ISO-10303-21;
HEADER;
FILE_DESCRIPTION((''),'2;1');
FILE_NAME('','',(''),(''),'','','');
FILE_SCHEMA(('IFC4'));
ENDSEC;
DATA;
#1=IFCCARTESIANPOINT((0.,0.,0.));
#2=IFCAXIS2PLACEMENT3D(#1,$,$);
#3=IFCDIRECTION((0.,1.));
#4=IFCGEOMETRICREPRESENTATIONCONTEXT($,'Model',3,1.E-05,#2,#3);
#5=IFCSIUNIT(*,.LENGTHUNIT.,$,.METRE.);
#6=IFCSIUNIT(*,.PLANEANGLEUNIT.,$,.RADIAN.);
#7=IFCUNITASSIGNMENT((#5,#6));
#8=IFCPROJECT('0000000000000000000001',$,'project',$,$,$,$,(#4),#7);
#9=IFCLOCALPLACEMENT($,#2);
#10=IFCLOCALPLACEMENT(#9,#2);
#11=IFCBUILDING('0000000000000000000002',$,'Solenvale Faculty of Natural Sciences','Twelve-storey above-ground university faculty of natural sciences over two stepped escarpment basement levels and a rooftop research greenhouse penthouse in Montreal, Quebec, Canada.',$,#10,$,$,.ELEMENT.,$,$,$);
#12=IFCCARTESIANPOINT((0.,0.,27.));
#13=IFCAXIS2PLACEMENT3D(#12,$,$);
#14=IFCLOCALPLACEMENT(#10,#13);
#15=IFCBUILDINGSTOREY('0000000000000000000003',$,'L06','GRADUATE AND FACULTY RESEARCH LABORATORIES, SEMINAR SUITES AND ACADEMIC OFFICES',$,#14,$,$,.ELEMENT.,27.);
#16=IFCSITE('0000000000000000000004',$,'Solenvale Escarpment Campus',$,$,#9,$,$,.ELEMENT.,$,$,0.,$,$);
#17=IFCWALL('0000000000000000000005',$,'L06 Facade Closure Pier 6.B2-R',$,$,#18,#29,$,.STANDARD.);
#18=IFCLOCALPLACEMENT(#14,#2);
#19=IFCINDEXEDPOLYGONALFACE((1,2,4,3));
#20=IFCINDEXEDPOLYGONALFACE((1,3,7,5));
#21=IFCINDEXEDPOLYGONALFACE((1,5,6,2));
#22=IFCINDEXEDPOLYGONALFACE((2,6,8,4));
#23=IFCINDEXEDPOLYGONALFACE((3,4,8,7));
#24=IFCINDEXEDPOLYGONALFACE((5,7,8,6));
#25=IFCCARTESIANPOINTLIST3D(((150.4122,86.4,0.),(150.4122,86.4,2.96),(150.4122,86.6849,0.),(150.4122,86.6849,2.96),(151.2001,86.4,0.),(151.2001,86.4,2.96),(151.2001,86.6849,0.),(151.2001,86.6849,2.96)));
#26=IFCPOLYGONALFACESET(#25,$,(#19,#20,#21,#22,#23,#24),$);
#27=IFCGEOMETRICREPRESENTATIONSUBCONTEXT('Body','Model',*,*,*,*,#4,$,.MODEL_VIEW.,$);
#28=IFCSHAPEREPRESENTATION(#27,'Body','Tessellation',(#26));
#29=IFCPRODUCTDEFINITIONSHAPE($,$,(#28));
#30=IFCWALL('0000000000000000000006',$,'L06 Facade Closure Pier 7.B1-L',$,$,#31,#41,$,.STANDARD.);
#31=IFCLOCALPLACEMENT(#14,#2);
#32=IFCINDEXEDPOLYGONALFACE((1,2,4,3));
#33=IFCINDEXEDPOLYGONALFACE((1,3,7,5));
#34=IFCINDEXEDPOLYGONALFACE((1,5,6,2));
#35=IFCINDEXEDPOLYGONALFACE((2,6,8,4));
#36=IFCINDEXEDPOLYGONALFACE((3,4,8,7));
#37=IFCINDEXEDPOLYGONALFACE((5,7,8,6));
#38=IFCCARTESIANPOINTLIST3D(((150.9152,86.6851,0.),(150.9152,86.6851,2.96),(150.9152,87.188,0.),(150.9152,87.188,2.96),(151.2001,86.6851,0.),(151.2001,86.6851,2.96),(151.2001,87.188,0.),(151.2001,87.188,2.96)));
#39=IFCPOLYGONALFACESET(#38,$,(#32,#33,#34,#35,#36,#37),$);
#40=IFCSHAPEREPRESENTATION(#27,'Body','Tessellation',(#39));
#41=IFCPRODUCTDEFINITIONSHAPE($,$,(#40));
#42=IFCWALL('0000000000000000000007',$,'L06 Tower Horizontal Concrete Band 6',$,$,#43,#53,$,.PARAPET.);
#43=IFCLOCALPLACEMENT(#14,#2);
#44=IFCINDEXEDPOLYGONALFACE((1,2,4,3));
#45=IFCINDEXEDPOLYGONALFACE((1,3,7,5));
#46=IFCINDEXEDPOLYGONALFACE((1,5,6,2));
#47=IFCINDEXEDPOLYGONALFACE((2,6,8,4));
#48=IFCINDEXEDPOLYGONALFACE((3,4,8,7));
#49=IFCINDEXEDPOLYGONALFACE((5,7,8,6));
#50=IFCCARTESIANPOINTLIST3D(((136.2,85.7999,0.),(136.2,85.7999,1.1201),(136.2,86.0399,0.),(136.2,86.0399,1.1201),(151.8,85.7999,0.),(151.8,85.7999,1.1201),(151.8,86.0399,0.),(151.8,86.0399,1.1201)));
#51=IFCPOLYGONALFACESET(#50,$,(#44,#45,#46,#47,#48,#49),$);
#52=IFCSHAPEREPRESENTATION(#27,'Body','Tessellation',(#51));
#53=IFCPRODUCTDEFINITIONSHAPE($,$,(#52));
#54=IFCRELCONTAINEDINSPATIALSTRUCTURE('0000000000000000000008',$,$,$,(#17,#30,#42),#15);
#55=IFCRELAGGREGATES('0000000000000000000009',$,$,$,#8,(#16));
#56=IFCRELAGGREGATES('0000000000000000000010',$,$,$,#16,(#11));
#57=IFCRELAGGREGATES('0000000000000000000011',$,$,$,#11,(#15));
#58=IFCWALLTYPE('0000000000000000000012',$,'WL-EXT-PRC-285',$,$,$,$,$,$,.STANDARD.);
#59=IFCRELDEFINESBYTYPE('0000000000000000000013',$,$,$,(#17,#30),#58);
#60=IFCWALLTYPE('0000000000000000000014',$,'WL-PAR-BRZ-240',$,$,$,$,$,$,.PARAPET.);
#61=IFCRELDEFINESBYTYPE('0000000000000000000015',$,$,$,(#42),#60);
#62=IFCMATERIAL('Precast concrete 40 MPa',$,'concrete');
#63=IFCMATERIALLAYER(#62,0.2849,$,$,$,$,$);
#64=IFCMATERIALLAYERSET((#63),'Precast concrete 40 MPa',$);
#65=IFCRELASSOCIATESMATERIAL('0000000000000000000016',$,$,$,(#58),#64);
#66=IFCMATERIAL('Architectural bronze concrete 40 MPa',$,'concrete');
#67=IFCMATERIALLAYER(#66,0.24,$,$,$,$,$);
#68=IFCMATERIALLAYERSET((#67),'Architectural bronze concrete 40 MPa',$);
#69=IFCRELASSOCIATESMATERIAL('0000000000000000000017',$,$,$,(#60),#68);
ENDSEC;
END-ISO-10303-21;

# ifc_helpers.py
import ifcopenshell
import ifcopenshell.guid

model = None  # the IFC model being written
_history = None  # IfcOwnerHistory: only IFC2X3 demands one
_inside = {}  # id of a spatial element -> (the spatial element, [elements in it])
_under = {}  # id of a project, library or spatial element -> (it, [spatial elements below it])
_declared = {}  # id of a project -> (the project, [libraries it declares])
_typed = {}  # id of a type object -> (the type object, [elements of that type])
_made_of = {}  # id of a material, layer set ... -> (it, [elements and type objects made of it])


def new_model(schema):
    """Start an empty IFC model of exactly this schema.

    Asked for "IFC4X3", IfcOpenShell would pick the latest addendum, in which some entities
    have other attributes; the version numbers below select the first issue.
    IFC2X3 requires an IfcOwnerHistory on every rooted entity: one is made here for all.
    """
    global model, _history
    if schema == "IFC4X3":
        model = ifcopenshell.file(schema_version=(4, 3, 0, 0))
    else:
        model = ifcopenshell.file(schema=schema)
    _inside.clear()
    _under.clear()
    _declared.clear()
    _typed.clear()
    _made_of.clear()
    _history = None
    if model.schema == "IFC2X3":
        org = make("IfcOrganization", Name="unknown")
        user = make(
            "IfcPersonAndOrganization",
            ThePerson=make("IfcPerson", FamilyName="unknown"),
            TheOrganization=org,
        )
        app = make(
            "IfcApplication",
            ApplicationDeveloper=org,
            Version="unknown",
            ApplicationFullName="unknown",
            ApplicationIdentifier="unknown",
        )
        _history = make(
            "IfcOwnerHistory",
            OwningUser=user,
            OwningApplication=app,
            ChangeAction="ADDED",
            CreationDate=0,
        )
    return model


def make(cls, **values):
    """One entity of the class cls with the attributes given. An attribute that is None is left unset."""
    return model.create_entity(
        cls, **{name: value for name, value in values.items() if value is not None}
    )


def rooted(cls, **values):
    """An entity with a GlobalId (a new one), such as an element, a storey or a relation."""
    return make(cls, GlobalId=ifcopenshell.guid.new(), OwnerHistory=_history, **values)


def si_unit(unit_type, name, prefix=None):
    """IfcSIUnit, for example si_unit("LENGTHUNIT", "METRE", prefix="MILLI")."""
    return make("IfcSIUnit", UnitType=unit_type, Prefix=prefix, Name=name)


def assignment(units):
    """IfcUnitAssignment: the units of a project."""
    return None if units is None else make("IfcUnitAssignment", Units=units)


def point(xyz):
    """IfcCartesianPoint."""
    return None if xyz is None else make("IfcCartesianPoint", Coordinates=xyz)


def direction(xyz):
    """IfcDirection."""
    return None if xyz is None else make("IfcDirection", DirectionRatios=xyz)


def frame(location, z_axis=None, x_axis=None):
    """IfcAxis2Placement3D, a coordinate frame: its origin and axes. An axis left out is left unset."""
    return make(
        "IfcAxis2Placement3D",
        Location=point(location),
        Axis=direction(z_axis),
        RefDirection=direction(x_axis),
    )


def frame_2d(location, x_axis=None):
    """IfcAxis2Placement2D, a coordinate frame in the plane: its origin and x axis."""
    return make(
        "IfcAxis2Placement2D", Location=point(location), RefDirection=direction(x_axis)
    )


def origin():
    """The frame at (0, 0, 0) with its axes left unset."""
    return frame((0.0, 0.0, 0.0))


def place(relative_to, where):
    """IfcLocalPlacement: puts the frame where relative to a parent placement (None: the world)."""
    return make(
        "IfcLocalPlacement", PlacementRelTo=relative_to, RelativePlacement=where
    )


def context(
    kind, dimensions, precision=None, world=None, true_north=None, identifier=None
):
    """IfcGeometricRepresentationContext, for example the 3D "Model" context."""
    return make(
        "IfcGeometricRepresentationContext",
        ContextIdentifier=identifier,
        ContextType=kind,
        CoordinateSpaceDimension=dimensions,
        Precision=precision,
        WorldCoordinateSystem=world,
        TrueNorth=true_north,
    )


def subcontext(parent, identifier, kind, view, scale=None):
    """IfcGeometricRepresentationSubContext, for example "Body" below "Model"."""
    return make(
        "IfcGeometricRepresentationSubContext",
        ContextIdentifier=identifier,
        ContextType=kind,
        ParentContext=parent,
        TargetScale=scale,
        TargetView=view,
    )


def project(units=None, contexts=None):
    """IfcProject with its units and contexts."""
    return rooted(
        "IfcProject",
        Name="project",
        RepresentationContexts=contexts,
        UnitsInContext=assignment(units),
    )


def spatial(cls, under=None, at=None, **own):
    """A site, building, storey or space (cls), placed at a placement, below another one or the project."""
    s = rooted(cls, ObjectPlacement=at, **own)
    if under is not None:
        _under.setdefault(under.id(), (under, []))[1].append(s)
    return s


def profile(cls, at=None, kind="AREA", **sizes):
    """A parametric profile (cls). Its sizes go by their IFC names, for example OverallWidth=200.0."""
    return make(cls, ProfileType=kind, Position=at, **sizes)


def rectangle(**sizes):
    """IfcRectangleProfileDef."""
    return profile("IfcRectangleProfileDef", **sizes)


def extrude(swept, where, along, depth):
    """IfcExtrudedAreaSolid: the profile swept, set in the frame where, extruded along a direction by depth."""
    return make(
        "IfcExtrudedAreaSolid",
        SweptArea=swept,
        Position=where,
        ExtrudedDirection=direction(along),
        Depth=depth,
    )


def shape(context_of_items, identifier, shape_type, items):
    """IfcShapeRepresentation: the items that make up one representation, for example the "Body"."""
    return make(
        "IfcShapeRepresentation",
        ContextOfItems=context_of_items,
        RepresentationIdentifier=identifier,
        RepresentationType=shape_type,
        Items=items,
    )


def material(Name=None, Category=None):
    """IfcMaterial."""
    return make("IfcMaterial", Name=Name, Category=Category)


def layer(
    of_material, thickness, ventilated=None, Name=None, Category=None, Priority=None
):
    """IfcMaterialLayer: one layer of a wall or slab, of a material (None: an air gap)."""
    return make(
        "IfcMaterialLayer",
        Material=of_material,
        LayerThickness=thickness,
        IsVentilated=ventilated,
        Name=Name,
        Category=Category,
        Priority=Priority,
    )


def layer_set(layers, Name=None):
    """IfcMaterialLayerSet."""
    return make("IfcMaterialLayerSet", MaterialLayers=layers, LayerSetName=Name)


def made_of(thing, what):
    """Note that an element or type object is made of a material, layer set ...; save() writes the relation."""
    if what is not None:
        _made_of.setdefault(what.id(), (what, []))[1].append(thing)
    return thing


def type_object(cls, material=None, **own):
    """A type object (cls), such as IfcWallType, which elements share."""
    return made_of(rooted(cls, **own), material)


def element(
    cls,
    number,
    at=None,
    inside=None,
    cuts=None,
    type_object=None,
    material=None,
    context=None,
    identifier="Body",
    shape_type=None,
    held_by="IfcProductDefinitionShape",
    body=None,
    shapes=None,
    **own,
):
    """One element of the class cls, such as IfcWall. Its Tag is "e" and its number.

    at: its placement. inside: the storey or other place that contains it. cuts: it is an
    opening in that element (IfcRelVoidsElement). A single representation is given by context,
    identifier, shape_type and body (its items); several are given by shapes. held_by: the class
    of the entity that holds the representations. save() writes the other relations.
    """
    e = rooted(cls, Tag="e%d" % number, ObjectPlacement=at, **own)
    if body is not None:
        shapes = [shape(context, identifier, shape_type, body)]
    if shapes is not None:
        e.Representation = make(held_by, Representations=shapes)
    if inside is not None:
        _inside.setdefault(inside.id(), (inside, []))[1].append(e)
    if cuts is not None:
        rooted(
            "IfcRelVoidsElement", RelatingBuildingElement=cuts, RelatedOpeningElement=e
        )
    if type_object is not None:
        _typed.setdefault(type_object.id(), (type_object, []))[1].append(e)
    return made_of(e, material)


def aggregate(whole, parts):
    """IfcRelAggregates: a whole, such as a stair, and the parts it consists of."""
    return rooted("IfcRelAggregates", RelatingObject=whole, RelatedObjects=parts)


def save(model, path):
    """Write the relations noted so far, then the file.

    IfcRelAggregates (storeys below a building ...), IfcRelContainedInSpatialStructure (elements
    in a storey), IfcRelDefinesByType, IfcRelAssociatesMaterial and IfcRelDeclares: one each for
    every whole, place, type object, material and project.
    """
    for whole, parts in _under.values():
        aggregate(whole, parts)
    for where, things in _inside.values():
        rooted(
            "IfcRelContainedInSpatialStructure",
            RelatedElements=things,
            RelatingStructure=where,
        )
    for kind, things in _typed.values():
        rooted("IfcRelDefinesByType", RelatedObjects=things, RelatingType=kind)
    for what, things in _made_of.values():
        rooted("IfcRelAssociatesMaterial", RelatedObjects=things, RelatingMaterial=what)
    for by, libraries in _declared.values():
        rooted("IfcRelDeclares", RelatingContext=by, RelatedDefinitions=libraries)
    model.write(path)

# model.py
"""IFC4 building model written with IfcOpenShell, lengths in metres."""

from ifc_helpers import new_model, si_unit, direction, frame, frame_2d, origin, place, context, subcontext, project, spatial, rectangle, extrude, material, layer, layer_set, type_object, element, save


model = new_model("IFC4")

# Units and contexts
model_context = context("Model", 3, precision=1e-05, world=origin(), true_north=direction((0.0, 1.0)))
body_context = subcontext(model_context, "Body", "Model", "MODEL_VIEW")
ifc_project = project(units=[si_unit("LENGTHUNIT", "METRE"), si_unit("PLANEANGLEUNIT", "RADIAN")], contexts=[model_context])

# Site, building, storey
site_placement = place(None, origin())
site = spatial("IfcSite", under=ifc_project, at=site_placement, Name="Solenvale Escarpment Campus", CompositionType="ELEMENT", RefElevation=0.0)
building_placement = place(site_placement, origin())
building = spatial("IfcBuilding", under=site, at=building_placement, Name="Solenvale Faculty of Natural Sciences", Description="Twelve-storey above-ground university faculty of natural sciences over two stepped escarpment basement levels and a rooftop research greenhouse penthouse in Montreal, Quebec, Canada.", CompositionType="ELEMENT")
storey_placement = place(building_placement, frame((0.0, 0.0, 27.0)))
storey = spatial("IfcBuildingStorey", under=building, at=storey_placement, Name="L06", Description="GRADUATE AND FACULTY RESEARCH LABORATORIES, SEMINAR SUITES AND ACADEMIC OFFICES", CompositionType="ELEMENT", Elevation=27.0)

# Walls
ifc_material_1 = material(Name="Precast concrete 40 MPa", Category="concrete")
ifc_layer_1 = layer(ifc_material_1, 0.2849)
ifc_layer_set_1 = layer_set([ifc_layer_1], Name="Precast concrete 40 MPa")
wall_type_1 = type_object("IfcWallType", Name="WL-EXT-PRC-285", PredefinedType="STANDARD", material=ifc_layer_set_1)
wall_1_placement = place(storey_placement, frame((150.4121, 86.5425, 0.0), z_axis=(0.0, 0.0, 1.0), x_axis=(1.0, 0.0, 0.0)))
element("IfcWall", 1, at=wall_1_placement, inside=storey, type_object=wall_type_1, Name="L06 Facade Closure Pier 6.B2-R", PredefinedType="STANDARD", context=body_context, shape_type="SweptSolid", body=[
    extrude(rectangle(XDim=0.7878, YDim=0.2849, at=frame_2d((0.394, 0.0))), origin(), (0.0, 0.0, 1.0), 2.96),
])
wall_2_placement = place(storey_placement, frame((151.0576, 86.6851, 0.0), z_axis=(0.0, 0.0, 1.0), x_axis=(0.0, 1.0, 0.0)))
element("IfcWall", 2, at=wall_2_placement, inside=storey, type_object=wall_type_1, Name="L06 Facade Closure Pier 7.B1-L", PredefinedType="STANDARD", context=body_context, shape_type="SweptSolid", body=[
    extrude(rectangle(XDim=0.5029, YDim=0.2849, at=frame_2d((0.2515, 0.0))), origin(), (0.0, 0.0, 1.0), 2.96),
])
ifc_material_2 = material(Name="Architectural bronze concrete 40 MPa", Category="concrete")
ifc_layer_2 = layer(ifc_material_2, 0.24)
ifc_layer_set_2 = layer_set([ifc_layer_2], Name="Architectural bronze concrete 40 MPa")
wall_type_2 = type_object("IfcWallType", Name="WL-PAR-BRZ-240", PredefinedType="PARAPET", material=ifc_layer_set_2)
wall_3_placement = place(storey_placement, frame((151.8, 85.9199, 0.0), z_axis=(0.0, 0.0, 1.0), x_axis=(-1.0, 0.0, 0.0)))
element("IfcWall", 3, at=wall_3_placement, inside=storey, type_object=wall_type_2, Name="L06 Tower Horizontal Concrete Band 6", PredefinedType="PARAPET", context=body_context, shape_type="SweptSolid", body=[
    extrude(rectangle(XDim=15.6001, YDim=0.24, at=frame_2d((7.8, 0.0))), origin(), (0.0, 0.0, 1.0), 1.1201),
])

save(model, "model.ifc")
